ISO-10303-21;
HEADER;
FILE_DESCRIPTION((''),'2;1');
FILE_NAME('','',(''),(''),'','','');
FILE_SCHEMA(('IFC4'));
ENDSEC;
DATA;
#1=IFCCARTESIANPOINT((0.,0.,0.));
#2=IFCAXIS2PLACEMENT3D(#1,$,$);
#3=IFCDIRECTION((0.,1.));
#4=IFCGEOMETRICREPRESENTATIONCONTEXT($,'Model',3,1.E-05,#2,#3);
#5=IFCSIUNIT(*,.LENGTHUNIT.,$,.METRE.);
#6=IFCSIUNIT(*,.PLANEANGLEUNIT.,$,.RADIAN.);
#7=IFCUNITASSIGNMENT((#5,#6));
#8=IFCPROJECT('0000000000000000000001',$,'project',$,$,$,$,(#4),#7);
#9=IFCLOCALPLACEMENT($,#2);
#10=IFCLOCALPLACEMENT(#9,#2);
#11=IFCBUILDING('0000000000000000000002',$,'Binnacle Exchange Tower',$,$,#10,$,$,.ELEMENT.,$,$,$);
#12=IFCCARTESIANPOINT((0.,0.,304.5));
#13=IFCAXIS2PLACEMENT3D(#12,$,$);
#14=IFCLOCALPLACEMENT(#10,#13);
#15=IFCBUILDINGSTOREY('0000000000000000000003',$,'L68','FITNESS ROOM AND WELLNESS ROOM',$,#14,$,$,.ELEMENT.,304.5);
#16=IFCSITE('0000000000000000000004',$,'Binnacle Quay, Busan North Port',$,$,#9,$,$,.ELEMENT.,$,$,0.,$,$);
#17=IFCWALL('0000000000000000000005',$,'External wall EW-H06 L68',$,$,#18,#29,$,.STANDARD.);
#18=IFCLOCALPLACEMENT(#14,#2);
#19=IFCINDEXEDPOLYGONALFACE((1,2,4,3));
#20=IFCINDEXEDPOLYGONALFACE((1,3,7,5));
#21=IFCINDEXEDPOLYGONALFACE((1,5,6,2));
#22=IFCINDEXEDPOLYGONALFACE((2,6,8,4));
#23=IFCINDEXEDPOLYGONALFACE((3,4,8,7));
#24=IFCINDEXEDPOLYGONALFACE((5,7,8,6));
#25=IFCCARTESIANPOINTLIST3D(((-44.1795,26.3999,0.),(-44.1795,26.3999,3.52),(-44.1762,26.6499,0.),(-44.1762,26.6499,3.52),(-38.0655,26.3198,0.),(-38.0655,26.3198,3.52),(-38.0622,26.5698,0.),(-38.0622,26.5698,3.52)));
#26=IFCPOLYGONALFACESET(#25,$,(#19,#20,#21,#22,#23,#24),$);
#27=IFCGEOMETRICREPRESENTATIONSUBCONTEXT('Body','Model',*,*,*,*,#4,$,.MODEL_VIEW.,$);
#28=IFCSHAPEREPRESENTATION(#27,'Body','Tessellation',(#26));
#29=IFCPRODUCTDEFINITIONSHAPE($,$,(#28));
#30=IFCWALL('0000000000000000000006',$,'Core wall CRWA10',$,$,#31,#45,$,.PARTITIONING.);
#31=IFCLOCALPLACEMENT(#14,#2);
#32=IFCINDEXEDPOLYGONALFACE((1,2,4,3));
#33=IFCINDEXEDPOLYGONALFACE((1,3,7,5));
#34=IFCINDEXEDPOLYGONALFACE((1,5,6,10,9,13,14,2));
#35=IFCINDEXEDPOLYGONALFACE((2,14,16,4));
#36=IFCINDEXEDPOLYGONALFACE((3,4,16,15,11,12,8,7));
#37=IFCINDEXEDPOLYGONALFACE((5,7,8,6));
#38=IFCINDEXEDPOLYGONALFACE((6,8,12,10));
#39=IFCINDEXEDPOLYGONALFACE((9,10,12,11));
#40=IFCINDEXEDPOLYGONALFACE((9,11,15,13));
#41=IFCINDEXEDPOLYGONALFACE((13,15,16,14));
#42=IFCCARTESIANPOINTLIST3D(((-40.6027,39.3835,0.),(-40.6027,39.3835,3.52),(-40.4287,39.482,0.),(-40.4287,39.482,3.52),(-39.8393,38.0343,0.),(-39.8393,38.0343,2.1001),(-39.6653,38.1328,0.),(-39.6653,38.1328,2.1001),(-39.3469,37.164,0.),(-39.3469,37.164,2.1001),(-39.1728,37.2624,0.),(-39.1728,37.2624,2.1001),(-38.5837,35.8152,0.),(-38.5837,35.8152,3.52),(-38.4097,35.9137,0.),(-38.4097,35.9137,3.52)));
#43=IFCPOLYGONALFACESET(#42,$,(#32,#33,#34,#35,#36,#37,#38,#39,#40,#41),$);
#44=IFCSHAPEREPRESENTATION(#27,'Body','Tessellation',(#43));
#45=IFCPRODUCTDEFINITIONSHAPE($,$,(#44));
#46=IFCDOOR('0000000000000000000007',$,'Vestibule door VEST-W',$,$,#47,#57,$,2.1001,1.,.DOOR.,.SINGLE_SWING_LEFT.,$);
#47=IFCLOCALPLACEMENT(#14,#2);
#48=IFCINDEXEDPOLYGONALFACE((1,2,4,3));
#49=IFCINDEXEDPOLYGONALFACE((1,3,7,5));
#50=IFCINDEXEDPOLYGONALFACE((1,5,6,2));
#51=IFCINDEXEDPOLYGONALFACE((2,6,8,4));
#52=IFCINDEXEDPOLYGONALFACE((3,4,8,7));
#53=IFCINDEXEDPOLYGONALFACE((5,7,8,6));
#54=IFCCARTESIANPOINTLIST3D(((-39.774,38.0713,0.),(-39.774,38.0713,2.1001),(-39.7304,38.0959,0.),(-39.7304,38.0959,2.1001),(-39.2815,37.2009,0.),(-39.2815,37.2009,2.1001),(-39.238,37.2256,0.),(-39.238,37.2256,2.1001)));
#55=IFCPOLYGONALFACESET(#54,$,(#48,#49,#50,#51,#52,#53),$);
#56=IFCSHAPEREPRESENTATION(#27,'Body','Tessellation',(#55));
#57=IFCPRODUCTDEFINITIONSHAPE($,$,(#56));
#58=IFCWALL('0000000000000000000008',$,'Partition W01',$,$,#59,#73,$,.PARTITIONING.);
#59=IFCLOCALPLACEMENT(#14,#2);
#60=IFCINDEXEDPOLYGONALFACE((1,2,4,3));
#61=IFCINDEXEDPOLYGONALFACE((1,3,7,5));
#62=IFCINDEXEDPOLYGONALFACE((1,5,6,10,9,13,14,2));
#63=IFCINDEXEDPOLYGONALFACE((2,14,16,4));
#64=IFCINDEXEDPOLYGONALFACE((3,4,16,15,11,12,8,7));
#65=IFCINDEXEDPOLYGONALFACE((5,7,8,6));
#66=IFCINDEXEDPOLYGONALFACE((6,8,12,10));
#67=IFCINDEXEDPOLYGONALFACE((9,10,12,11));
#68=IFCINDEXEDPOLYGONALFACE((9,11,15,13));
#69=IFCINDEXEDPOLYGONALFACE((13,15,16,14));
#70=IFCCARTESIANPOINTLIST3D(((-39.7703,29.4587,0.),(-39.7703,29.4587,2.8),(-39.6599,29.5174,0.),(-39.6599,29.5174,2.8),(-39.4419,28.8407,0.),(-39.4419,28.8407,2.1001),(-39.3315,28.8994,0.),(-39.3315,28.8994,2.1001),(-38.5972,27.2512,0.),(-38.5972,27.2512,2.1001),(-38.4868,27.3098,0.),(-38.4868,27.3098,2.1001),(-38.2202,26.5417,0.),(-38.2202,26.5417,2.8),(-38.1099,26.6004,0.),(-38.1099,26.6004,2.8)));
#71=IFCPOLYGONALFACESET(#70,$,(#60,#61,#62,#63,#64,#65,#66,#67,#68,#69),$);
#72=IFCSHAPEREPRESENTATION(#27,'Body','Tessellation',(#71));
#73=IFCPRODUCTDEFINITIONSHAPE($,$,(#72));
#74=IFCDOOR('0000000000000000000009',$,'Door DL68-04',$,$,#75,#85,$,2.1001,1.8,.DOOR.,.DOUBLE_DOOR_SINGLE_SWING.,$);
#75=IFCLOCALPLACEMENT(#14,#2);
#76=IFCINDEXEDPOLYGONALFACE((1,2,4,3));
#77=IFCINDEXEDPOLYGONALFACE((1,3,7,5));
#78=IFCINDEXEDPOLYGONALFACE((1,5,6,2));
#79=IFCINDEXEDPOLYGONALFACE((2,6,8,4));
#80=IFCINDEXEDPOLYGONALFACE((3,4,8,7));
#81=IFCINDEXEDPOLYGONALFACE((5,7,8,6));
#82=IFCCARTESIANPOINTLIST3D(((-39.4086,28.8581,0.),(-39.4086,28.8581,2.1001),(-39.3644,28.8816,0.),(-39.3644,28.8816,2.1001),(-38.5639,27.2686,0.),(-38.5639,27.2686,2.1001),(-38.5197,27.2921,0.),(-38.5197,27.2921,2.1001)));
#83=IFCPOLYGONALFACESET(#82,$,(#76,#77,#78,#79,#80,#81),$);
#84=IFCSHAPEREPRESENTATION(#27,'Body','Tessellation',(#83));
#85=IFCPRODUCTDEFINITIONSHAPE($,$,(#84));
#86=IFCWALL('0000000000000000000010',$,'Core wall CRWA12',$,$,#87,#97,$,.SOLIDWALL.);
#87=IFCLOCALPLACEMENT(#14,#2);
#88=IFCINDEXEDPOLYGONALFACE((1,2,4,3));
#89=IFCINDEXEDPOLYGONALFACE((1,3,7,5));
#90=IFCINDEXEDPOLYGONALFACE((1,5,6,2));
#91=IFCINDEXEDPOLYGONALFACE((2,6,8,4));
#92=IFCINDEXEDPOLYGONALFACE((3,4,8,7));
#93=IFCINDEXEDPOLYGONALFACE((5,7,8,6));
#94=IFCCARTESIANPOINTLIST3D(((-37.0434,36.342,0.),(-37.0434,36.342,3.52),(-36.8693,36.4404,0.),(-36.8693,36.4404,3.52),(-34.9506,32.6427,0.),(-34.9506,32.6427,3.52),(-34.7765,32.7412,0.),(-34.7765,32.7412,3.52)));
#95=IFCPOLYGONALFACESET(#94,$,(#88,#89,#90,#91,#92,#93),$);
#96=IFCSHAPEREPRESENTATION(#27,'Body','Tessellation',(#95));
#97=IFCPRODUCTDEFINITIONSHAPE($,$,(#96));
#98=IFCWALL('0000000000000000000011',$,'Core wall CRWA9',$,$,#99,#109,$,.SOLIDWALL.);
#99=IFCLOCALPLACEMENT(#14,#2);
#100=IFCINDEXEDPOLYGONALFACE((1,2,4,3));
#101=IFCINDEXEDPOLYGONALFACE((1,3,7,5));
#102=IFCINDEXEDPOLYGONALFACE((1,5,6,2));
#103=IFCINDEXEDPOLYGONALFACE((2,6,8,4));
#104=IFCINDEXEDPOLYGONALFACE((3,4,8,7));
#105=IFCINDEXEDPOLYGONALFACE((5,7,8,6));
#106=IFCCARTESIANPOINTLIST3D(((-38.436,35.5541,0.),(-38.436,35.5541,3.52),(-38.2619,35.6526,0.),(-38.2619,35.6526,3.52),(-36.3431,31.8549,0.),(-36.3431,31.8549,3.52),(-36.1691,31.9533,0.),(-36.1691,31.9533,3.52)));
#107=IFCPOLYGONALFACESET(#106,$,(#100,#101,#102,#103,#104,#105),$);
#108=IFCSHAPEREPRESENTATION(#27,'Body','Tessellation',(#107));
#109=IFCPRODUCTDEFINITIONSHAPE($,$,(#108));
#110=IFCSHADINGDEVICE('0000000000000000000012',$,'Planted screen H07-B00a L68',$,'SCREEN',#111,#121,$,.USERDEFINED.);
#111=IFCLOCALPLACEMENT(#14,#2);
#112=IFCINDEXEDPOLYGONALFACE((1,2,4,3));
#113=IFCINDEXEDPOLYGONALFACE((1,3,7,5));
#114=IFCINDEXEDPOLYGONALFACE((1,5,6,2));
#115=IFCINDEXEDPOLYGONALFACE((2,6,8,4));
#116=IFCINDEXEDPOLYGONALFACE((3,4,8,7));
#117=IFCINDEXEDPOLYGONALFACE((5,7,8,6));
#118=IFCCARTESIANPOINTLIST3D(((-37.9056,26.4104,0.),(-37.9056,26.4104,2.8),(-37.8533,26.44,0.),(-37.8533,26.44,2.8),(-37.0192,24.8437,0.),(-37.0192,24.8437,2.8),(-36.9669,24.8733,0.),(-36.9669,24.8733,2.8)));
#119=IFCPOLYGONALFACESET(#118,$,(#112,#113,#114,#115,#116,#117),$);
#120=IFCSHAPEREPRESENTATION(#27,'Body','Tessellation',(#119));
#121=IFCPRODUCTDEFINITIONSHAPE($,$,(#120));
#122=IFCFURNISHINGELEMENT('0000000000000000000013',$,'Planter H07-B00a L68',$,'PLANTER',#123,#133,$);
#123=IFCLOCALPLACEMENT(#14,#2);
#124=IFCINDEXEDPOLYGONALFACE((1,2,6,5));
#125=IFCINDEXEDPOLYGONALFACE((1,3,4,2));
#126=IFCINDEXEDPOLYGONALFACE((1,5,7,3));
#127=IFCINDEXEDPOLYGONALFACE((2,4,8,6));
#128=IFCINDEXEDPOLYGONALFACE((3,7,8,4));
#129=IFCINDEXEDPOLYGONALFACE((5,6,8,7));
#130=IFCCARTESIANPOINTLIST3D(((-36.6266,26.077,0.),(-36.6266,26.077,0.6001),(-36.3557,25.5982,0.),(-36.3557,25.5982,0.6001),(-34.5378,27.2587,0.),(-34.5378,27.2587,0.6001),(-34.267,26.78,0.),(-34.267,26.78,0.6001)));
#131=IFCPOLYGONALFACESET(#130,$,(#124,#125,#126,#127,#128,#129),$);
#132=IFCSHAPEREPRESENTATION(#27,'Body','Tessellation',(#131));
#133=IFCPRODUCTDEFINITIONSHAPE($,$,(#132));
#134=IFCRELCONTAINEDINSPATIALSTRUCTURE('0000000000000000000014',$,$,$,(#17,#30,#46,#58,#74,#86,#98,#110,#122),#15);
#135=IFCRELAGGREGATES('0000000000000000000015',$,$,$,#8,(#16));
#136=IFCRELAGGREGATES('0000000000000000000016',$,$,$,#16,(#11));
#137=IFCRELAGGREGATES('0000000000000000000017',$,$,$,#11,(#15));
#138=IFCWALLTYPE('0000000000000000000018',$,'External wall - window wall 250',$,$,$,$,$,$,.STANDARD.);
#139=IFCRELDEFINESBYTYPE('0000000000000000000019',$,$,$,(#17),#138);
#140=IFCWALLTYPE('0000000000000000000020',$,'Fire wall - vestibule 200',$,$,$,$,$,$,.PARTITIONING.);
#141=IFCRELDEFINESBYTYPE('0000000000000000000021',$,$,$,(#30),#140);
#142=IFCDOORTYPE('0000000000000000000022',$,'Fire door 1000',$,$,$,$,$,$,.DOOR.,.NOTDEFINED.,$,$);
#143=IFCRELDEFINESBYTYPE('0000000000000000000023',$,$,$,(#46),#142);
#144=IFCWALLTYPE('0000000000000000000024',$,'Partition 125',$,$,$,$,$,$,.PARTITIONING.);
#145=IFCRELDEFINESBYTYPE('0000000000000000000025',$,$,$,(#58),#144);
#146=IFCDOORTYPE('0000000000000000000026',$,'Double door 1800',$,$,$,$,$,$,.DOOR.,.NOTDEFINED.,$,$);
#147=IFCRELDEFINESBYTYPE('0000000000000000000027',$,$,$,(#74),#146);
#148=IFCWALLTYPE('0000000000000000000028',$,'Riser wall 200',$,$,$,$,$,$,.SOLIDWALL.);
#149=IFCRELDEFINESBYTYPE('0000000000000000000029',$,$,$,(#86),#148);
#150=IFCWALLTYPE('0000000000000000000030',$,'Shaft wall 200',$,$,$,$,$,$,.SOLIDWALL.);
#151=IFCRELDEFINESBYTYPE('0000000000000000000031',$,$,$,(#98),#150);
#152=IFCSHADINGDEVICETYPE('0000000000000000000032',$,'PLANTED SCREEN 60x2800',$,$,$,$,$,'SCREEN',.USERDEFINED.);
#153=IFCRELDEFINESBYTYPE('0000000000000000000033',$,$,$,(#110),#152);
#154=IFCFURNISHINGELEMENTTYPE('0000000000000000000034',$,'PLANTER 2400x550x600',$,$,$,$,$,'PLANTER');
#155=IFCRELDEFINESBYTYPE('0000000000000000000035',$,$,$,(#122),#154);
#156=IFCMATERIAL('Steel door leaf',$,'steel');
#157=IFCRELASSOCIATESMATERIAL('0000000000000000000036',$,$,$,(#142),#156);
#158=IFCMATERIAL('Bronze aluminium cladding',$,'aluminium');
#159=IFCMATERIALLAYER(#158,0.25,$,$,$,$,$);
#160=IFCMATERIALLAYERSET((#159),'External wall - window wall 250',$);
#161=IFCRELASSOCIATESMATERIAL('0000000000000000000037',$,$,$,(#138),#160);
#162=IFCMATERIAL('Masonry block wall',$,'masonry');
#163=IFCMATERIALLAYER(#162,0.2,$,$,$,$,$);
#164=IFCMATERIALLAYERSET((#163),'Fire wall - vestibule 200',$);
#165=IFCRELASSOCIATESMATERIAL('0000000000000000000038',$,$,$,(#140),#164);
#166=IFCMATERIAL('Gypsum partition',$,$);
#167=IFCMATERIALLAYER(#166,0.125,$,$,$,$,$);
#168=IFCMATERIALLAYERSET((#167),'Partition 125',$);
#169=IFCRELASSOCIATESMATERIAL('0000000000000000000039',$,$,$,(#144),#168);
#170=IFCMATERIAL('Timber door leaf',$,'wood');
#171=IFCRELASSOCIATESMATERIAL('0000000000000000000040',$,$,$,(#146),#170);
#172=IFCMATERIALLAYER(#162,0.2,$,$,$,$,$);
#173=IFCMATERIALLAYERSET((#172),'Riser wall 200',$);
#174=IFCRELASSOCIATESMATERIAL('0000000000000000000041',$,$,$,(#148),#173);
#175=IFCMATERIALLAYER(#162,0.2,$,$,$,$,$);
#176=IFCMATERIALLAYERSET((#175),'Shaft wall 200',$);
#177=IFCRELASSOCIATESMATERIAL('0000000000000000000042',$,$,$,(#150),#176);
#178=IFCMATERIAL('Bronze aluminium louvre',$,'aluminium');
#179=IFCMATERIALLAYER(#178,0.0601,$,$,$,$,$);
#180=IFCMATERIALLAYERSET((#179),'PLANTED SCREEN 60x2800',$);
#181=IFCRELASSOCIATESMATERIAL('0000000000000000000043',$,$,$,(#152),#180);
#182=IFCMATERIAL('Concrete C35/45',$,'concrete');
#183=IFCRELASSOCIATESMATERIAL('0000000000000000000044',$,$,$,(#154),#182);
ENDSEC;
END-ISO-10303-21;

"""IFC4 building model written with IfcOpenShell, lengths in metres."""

from ifc_helpers import new_model, si_unit, direction, frame, frame_2d, origin, origin_2d, place, context, subcontext, project, spatial, rectangle, extrude, material, layer, layer_set, type_object, element, fill, save


model = new_model("IFC4")

# Units and contexts
model_context = context("Model", 3, precision=1e-05, world=origin(), true_north=direction((0.0, 1.0)))
body_context = subcontext(model_context, "Body", "Model", "MODEL_VIEW")
ifc_project = project(units=[si_unit("LENGTHUNIT", "METRE"), si_unit("PLANEANGLEUNIT", "RADIAN")], contexts=[model_context])

# Site, building, storey
site_placement = place(None, origin())
site = spatial("IfcSite", under=ifc_project, at=site_placement, Name="Binnacle Quay, Busan North Port", CompositionType="ELEMENT", RefElevation=0.0)
building_placement = place(site_placement, origin())
building = spatial("IfcBuilding", under=site, at=building_placement, Name="Binnacle Exchange Tower", CompositionType="ELEMENT")
storey_placement = place(building_placement, frame((0.0, 0.0, 304.5)))
storey = spatial("IfcBuildingStorey", under=building, at=storey_placement, Name="L68", Description="FITNESS ROOM AND WELLNESS ROOM", CompositionType="ELEMENT", Elevation=304.5)

# Shared definitions
ifc_material_1 = material(Name="Steel door leaf", Category="steel")

# Shared definitions
door_type_1 = type_object("IfcDoorType", Name="Fire door 1000", OperationType="NOTDEFINED", PredefinedType="DOOR", material=ifc_material_1)

# Wall
ifc_material_2 = material(Name="Bronze aluminium cladding", Category="aluminium")
ifc_layer_1 = layer(ifc_material_2, 0.25)
ifc_layer_set_1 = layer_set([ifc_layer_1], Name="External wall - window wall 250")
wall_type_1 = type_object("IfcWallType", Name="External wall - window wall 250", PredefinedType="STANDARD", material=ifc_layer_set_1)
wall_1_placement = place(storey_placement, frame((-38.064, 26.4448, 0.0), z_axis=(0.0, 0.0, 1.0), x_axis=(-0.999914, 0.013096, 0.0)))
element("IfcWall", 1, at=wall_1_placement, inside=storey, type_object=wall_type_1, Name="External wall EW-H06 L68", PredefinedType="STANDARD", context=body_context, shape_type="SweptSolid", body=[
    extrude(rectangle(XDim=6.1145, YDim=0.25, at=frame_2d((3.0571, 0.0))), origin(), (0.0, 0.0, 1.0), 3.52),
])

# Walls, openings, doors
ifc_material_3 = material(Name="Masonry block wall", Category="masonry")
ifc_layer_2 = layer(ifc_material_3, 0.2)
ifc_layer_set_2 = layer_set([ifc_layer_2], Name="Fire wall - vestibule 200")
wall_type_2 = type_object("IfcWallType", Name="Fire wall - vestibule 200", PredefinedType="PARTITIONING", material=ifc_layer_set_2)
wall_2_placement = place(storey_placement, frame((-40.5156, 39.4326, 0.0), z_axis=(0.0, 0.0, 1.0), x_axis=(0.492454, -0.870339, 0.0)))
wall_2 = element("IfcWall", 2, at=wall_2_placement, inside=storey, type_object=wall_type_2, Name="Core wall CRWA10", PredefinedType="PARTITIONING", context=body_context, shape_type="SweptSolid", body=[
    extrude(rectangle(XDim=4.0999, YDim=0.2, at=frame_2d((2.0498, 0.0))), origin(), (0.0, 0.0, 1.0), 3.52),
])
opening_1_placement = place(wall_2_placement, frame((1.55, 0.0, 0.0)))
opening_1 = element("IfcOpeningElement", 3, at=opening_1_placement, cuts=wall_2, PredefinedType="OPENING", context=body_context, shape_type="SweptSolid", body=[
    extrude(rectangle(XDim=1.0, YDim=2.1001, at=frame_2d((0.5, 1.05))), frame((0.0, 0.1099, 0.0), z_axis=(0.0, -1.0, 0.0), x_axis=(1.0, 0.0, 0.0)), (0.0, 0.0, 1.0), 0.22),
])
door_1_placement = place(opening_1_placement, frame((1.0, 0.0, 0.0), z_axis=(0.0, 0.0, 1.0), x_axis=(-1.0, 0.0, 0.0)))
door_1 = element("IfcDoor", 4, at=door_1_placement, inside=storey, type_object=door_type_1, Name="Vestibule door VEST-W", OperationType="SINGLE_SWING_LEFT", OverallHeight=2.1001, OverallWidth=1.0, PredefinedType="DOOR", context=body_context, shape_type="SweptSolid", body=[
    extrude(rectangle(XDim=1.0, YDim=2.1001, at=frame_2d((0.5, 1.05))), frame((0.0, 0.0249, 0.0), z_axis=(0.0, -1.0, 0.0), x_axis=(1.0, 0.0, 0.0)), (0.0, 0.0, 1.0), 0.05),
])
fill(opening_1, door_1)
ifc_material_4 = material(Name="Gypsum partition")
ifc_layer_3 = layer(ifc_material_4, 0.125)
ifc_layer_set_3 = layer_set([ifc_layer_3], Name="Partition 125")
wall_type_3 = type_object("IfcWallType", Name="Partition 125", PredefinedType="PARTITIONING", material=ifc_layer_set_3)
wall_3_placement = place(storey_placement, frame((-39.7151, 29.488, 0.0), z_axis=(0.0, 0.0, 1.0), x_axis=(0.469249, -0.883066, 0.0)))
wall_3 = element("IfcWall", 5, at=wall_3_placement, inside=storey, type_object=wall_type_3, Name="Partition W01", PredefinedType="PARTITIONING", context=body_context, shape_type="SweptSolid", body=[
    extrude(rectangle(XDim=3.3032, YDim=0.125, at=frame_2d((1.6516, 0.0))), origin(), (0.0, 0.0, 1.0), 2.8),
])
opening_2_placement = place(wall_3_placement, frame((0.7, 0.0, 0.0)))
opening_2 = element("IfcOpeningElement", 6, at=opening_2_placement, cuts=wall_3, PredefinedType="OPENING", context=body_context, shape_type="SweptSolid", body=[
    extrude(rectangle(XDim=1.8, YDim=2.1001, at=frame_2d((0.8999, 1.05))), frame((0.0, 0.0725, 0.0), z_axis=(0.0, -1.0, 0.0), x_axis=(1.0, 0.0, 0.0)), (0.0, 0.0, 1.0), 0.145),
])
ifc_material_5 = material(Name="Timber door leaf", Category="wood")
door_type_2 = type_object("IfcDoorType", Name="Double door 1800", OperationType="NOTDEFINED", PredefinedType="DOOR", material=ifc_material_5)
door_2_placement = place(opening_2_placement, frame((1.8, 0.0, 0.0), z_axis=(0.0, 0.0, 1.0), x_axis=(-1.0, 0.0, 0.0)))
door_2 = element("IfcDoor", 7, at=door_2_placement, inside=storey, type_object=door_type_2, Name="Door DL68-04", OperationType="DOUBLE_DOOR_SINGLE_SWING", OverallHeight=2.1001, OverallWidth=1.8, PredefinedType="DOOR", context=body_context, shape_type="SweptSolid", body=[
    extrude(rectangle(XDim=1.8, YDim=2.1001, at=frame_2d((0.8999, 1.05))), frame((0.0, 0.0249, 0.0), z_axis=(0.0, -1.0, 0.0), x_axis=(1.0, 0.0, 0.0)), (0.0, 0.0, 1.0), 0.05),
])
fill(opening_2, door_2)

# Walls
ifc_layer_4 = layer(ifc_material_3, 0.2)
ifc_layer_set_4 = layer_set([ifc_layer_4], Name="Riser wall 200")
wall_type_4 = type_object("IfcWallType", Name="Riser wall 200", PredefinedType="SOLIDWALL", material=ifc_layer_set_4)
wall_4_placement = place(storey_placement, frame((-36.9563, 36.3911, 0.0), z_axis=(0.0, 0.0, 1.0), x_axis=(0.492398, -0.87037, 0.0)))
element("IfcWall", 8, at=wall_4_placement, inside=storey, type_object=wall_type_4, Name="Core wall CRWA12", PredefinedType="SOLIDWALL", context=body_context, shape_type="SweptSolid", body=[
    extrude(rectangle(XDim=4.2502, YDim=0.2, at=frame_2d((2.125, 0.0))), origin(), (0.0, 0.0, 1.0), 3.52),
])
ifc_layer_5 = layer(ifc_material_3, 0.2)
ifc_layer_set_5 = layer_set([ifc_layer_5], Name="Shaft wall 200")
wall_type_5 = type_object("IfcWallType", Name="Shaft wall 200", PredefinedType="SOLIDWALL", material=ifc_layer_set_5)
wall_5_placement = place(storey_placement, frame((-38.3489, 35.6033, 0.0), z_axis=(0.0, 0.0, 1.0), x_axis=(0.492398, -0.87037, 0.0)))
element("IfcWall", 9, at=wall_5_placement, inside=storey, type_object=wall_type_5, Name="Core wall CRWA9", PredefinedType="SOLIDWALL", context=body_context, shape_type="SweptSolid", body=[
    extrude(rectangle(XDim=4.2502, YDim=0.2, at=frame_2d((2.125, 0.0))), origin(), (0.0, 0.0, 1.0), 3.52),
])

# Shading device
ifc_material_6 = material(Name="Bronze aluminium louvre", Category="aluminium")
ifc_layer_6 = layer(ifc_material_6, 0.0601)
ifc_layer_set_6 = layer_set([ifc_layer_6], Name="PLANTED SCREEN 60x2800")
shading_device_type = type_object("IfcShadingDeviceType", Name="PLANTED SCREEN 60x2800", ElementType="SCREEN", PredefinedType="USERDEFINED", material=ifc_layer_set_6)
shading_device_placement = place(storey_placement, frame((-37.4363, 25.6418, 0.0), z_axis=(0.0, 0.0, 1.0), x_axis=(0.870356, 0.492424, 0.0)))
element("IfcShadingDevice", 10, at=shading_device_placement, inside=storey, type_object=shading_device_type, Name="Planted screen H07-B00a L68", ObjectType="SCREEN", PredefinedType="USERDEFINED", context=body_context, shape_type="SweptSolid", body=[
    extrude(rectangle(XDim=0.0601, YDim=1.8, at=origin_2d()), origin(), (0.0, 0.0, 1.0), 2.8),
])

# Furnishing element
ifc_material_7 = material(Name="Concrete C35/45", Category="concrete")
furnishing_element_type = type_object("IfcFurnishingElementType", Name="PLANTER 2400x550x600", ElementType="PLANTER", material=ifc_material_7)
furnishing_placement = place(storey_placement, frame((-35.4468, 26.4285, 0.0), z_axis=(0.0, 0.0, 1.0), x_axis=(0.870356, 0.492424, 0.0)))
element("IfcFurnishingElement", 11, at=furnishing_placement, inside=storey, type_object=furnishing_element_type, Name="Planter H07-B00a L68", ObjectType="PLANTER", context=body_context, shape_type="SweptSolid", body=[
    extrude(rectangle(XDim=2.3999, YDim=0.55, at=origin_2d()), origin(), (0.0, 0.0, 1.0), 0.6001),
])

save(model, "model.ifc")
